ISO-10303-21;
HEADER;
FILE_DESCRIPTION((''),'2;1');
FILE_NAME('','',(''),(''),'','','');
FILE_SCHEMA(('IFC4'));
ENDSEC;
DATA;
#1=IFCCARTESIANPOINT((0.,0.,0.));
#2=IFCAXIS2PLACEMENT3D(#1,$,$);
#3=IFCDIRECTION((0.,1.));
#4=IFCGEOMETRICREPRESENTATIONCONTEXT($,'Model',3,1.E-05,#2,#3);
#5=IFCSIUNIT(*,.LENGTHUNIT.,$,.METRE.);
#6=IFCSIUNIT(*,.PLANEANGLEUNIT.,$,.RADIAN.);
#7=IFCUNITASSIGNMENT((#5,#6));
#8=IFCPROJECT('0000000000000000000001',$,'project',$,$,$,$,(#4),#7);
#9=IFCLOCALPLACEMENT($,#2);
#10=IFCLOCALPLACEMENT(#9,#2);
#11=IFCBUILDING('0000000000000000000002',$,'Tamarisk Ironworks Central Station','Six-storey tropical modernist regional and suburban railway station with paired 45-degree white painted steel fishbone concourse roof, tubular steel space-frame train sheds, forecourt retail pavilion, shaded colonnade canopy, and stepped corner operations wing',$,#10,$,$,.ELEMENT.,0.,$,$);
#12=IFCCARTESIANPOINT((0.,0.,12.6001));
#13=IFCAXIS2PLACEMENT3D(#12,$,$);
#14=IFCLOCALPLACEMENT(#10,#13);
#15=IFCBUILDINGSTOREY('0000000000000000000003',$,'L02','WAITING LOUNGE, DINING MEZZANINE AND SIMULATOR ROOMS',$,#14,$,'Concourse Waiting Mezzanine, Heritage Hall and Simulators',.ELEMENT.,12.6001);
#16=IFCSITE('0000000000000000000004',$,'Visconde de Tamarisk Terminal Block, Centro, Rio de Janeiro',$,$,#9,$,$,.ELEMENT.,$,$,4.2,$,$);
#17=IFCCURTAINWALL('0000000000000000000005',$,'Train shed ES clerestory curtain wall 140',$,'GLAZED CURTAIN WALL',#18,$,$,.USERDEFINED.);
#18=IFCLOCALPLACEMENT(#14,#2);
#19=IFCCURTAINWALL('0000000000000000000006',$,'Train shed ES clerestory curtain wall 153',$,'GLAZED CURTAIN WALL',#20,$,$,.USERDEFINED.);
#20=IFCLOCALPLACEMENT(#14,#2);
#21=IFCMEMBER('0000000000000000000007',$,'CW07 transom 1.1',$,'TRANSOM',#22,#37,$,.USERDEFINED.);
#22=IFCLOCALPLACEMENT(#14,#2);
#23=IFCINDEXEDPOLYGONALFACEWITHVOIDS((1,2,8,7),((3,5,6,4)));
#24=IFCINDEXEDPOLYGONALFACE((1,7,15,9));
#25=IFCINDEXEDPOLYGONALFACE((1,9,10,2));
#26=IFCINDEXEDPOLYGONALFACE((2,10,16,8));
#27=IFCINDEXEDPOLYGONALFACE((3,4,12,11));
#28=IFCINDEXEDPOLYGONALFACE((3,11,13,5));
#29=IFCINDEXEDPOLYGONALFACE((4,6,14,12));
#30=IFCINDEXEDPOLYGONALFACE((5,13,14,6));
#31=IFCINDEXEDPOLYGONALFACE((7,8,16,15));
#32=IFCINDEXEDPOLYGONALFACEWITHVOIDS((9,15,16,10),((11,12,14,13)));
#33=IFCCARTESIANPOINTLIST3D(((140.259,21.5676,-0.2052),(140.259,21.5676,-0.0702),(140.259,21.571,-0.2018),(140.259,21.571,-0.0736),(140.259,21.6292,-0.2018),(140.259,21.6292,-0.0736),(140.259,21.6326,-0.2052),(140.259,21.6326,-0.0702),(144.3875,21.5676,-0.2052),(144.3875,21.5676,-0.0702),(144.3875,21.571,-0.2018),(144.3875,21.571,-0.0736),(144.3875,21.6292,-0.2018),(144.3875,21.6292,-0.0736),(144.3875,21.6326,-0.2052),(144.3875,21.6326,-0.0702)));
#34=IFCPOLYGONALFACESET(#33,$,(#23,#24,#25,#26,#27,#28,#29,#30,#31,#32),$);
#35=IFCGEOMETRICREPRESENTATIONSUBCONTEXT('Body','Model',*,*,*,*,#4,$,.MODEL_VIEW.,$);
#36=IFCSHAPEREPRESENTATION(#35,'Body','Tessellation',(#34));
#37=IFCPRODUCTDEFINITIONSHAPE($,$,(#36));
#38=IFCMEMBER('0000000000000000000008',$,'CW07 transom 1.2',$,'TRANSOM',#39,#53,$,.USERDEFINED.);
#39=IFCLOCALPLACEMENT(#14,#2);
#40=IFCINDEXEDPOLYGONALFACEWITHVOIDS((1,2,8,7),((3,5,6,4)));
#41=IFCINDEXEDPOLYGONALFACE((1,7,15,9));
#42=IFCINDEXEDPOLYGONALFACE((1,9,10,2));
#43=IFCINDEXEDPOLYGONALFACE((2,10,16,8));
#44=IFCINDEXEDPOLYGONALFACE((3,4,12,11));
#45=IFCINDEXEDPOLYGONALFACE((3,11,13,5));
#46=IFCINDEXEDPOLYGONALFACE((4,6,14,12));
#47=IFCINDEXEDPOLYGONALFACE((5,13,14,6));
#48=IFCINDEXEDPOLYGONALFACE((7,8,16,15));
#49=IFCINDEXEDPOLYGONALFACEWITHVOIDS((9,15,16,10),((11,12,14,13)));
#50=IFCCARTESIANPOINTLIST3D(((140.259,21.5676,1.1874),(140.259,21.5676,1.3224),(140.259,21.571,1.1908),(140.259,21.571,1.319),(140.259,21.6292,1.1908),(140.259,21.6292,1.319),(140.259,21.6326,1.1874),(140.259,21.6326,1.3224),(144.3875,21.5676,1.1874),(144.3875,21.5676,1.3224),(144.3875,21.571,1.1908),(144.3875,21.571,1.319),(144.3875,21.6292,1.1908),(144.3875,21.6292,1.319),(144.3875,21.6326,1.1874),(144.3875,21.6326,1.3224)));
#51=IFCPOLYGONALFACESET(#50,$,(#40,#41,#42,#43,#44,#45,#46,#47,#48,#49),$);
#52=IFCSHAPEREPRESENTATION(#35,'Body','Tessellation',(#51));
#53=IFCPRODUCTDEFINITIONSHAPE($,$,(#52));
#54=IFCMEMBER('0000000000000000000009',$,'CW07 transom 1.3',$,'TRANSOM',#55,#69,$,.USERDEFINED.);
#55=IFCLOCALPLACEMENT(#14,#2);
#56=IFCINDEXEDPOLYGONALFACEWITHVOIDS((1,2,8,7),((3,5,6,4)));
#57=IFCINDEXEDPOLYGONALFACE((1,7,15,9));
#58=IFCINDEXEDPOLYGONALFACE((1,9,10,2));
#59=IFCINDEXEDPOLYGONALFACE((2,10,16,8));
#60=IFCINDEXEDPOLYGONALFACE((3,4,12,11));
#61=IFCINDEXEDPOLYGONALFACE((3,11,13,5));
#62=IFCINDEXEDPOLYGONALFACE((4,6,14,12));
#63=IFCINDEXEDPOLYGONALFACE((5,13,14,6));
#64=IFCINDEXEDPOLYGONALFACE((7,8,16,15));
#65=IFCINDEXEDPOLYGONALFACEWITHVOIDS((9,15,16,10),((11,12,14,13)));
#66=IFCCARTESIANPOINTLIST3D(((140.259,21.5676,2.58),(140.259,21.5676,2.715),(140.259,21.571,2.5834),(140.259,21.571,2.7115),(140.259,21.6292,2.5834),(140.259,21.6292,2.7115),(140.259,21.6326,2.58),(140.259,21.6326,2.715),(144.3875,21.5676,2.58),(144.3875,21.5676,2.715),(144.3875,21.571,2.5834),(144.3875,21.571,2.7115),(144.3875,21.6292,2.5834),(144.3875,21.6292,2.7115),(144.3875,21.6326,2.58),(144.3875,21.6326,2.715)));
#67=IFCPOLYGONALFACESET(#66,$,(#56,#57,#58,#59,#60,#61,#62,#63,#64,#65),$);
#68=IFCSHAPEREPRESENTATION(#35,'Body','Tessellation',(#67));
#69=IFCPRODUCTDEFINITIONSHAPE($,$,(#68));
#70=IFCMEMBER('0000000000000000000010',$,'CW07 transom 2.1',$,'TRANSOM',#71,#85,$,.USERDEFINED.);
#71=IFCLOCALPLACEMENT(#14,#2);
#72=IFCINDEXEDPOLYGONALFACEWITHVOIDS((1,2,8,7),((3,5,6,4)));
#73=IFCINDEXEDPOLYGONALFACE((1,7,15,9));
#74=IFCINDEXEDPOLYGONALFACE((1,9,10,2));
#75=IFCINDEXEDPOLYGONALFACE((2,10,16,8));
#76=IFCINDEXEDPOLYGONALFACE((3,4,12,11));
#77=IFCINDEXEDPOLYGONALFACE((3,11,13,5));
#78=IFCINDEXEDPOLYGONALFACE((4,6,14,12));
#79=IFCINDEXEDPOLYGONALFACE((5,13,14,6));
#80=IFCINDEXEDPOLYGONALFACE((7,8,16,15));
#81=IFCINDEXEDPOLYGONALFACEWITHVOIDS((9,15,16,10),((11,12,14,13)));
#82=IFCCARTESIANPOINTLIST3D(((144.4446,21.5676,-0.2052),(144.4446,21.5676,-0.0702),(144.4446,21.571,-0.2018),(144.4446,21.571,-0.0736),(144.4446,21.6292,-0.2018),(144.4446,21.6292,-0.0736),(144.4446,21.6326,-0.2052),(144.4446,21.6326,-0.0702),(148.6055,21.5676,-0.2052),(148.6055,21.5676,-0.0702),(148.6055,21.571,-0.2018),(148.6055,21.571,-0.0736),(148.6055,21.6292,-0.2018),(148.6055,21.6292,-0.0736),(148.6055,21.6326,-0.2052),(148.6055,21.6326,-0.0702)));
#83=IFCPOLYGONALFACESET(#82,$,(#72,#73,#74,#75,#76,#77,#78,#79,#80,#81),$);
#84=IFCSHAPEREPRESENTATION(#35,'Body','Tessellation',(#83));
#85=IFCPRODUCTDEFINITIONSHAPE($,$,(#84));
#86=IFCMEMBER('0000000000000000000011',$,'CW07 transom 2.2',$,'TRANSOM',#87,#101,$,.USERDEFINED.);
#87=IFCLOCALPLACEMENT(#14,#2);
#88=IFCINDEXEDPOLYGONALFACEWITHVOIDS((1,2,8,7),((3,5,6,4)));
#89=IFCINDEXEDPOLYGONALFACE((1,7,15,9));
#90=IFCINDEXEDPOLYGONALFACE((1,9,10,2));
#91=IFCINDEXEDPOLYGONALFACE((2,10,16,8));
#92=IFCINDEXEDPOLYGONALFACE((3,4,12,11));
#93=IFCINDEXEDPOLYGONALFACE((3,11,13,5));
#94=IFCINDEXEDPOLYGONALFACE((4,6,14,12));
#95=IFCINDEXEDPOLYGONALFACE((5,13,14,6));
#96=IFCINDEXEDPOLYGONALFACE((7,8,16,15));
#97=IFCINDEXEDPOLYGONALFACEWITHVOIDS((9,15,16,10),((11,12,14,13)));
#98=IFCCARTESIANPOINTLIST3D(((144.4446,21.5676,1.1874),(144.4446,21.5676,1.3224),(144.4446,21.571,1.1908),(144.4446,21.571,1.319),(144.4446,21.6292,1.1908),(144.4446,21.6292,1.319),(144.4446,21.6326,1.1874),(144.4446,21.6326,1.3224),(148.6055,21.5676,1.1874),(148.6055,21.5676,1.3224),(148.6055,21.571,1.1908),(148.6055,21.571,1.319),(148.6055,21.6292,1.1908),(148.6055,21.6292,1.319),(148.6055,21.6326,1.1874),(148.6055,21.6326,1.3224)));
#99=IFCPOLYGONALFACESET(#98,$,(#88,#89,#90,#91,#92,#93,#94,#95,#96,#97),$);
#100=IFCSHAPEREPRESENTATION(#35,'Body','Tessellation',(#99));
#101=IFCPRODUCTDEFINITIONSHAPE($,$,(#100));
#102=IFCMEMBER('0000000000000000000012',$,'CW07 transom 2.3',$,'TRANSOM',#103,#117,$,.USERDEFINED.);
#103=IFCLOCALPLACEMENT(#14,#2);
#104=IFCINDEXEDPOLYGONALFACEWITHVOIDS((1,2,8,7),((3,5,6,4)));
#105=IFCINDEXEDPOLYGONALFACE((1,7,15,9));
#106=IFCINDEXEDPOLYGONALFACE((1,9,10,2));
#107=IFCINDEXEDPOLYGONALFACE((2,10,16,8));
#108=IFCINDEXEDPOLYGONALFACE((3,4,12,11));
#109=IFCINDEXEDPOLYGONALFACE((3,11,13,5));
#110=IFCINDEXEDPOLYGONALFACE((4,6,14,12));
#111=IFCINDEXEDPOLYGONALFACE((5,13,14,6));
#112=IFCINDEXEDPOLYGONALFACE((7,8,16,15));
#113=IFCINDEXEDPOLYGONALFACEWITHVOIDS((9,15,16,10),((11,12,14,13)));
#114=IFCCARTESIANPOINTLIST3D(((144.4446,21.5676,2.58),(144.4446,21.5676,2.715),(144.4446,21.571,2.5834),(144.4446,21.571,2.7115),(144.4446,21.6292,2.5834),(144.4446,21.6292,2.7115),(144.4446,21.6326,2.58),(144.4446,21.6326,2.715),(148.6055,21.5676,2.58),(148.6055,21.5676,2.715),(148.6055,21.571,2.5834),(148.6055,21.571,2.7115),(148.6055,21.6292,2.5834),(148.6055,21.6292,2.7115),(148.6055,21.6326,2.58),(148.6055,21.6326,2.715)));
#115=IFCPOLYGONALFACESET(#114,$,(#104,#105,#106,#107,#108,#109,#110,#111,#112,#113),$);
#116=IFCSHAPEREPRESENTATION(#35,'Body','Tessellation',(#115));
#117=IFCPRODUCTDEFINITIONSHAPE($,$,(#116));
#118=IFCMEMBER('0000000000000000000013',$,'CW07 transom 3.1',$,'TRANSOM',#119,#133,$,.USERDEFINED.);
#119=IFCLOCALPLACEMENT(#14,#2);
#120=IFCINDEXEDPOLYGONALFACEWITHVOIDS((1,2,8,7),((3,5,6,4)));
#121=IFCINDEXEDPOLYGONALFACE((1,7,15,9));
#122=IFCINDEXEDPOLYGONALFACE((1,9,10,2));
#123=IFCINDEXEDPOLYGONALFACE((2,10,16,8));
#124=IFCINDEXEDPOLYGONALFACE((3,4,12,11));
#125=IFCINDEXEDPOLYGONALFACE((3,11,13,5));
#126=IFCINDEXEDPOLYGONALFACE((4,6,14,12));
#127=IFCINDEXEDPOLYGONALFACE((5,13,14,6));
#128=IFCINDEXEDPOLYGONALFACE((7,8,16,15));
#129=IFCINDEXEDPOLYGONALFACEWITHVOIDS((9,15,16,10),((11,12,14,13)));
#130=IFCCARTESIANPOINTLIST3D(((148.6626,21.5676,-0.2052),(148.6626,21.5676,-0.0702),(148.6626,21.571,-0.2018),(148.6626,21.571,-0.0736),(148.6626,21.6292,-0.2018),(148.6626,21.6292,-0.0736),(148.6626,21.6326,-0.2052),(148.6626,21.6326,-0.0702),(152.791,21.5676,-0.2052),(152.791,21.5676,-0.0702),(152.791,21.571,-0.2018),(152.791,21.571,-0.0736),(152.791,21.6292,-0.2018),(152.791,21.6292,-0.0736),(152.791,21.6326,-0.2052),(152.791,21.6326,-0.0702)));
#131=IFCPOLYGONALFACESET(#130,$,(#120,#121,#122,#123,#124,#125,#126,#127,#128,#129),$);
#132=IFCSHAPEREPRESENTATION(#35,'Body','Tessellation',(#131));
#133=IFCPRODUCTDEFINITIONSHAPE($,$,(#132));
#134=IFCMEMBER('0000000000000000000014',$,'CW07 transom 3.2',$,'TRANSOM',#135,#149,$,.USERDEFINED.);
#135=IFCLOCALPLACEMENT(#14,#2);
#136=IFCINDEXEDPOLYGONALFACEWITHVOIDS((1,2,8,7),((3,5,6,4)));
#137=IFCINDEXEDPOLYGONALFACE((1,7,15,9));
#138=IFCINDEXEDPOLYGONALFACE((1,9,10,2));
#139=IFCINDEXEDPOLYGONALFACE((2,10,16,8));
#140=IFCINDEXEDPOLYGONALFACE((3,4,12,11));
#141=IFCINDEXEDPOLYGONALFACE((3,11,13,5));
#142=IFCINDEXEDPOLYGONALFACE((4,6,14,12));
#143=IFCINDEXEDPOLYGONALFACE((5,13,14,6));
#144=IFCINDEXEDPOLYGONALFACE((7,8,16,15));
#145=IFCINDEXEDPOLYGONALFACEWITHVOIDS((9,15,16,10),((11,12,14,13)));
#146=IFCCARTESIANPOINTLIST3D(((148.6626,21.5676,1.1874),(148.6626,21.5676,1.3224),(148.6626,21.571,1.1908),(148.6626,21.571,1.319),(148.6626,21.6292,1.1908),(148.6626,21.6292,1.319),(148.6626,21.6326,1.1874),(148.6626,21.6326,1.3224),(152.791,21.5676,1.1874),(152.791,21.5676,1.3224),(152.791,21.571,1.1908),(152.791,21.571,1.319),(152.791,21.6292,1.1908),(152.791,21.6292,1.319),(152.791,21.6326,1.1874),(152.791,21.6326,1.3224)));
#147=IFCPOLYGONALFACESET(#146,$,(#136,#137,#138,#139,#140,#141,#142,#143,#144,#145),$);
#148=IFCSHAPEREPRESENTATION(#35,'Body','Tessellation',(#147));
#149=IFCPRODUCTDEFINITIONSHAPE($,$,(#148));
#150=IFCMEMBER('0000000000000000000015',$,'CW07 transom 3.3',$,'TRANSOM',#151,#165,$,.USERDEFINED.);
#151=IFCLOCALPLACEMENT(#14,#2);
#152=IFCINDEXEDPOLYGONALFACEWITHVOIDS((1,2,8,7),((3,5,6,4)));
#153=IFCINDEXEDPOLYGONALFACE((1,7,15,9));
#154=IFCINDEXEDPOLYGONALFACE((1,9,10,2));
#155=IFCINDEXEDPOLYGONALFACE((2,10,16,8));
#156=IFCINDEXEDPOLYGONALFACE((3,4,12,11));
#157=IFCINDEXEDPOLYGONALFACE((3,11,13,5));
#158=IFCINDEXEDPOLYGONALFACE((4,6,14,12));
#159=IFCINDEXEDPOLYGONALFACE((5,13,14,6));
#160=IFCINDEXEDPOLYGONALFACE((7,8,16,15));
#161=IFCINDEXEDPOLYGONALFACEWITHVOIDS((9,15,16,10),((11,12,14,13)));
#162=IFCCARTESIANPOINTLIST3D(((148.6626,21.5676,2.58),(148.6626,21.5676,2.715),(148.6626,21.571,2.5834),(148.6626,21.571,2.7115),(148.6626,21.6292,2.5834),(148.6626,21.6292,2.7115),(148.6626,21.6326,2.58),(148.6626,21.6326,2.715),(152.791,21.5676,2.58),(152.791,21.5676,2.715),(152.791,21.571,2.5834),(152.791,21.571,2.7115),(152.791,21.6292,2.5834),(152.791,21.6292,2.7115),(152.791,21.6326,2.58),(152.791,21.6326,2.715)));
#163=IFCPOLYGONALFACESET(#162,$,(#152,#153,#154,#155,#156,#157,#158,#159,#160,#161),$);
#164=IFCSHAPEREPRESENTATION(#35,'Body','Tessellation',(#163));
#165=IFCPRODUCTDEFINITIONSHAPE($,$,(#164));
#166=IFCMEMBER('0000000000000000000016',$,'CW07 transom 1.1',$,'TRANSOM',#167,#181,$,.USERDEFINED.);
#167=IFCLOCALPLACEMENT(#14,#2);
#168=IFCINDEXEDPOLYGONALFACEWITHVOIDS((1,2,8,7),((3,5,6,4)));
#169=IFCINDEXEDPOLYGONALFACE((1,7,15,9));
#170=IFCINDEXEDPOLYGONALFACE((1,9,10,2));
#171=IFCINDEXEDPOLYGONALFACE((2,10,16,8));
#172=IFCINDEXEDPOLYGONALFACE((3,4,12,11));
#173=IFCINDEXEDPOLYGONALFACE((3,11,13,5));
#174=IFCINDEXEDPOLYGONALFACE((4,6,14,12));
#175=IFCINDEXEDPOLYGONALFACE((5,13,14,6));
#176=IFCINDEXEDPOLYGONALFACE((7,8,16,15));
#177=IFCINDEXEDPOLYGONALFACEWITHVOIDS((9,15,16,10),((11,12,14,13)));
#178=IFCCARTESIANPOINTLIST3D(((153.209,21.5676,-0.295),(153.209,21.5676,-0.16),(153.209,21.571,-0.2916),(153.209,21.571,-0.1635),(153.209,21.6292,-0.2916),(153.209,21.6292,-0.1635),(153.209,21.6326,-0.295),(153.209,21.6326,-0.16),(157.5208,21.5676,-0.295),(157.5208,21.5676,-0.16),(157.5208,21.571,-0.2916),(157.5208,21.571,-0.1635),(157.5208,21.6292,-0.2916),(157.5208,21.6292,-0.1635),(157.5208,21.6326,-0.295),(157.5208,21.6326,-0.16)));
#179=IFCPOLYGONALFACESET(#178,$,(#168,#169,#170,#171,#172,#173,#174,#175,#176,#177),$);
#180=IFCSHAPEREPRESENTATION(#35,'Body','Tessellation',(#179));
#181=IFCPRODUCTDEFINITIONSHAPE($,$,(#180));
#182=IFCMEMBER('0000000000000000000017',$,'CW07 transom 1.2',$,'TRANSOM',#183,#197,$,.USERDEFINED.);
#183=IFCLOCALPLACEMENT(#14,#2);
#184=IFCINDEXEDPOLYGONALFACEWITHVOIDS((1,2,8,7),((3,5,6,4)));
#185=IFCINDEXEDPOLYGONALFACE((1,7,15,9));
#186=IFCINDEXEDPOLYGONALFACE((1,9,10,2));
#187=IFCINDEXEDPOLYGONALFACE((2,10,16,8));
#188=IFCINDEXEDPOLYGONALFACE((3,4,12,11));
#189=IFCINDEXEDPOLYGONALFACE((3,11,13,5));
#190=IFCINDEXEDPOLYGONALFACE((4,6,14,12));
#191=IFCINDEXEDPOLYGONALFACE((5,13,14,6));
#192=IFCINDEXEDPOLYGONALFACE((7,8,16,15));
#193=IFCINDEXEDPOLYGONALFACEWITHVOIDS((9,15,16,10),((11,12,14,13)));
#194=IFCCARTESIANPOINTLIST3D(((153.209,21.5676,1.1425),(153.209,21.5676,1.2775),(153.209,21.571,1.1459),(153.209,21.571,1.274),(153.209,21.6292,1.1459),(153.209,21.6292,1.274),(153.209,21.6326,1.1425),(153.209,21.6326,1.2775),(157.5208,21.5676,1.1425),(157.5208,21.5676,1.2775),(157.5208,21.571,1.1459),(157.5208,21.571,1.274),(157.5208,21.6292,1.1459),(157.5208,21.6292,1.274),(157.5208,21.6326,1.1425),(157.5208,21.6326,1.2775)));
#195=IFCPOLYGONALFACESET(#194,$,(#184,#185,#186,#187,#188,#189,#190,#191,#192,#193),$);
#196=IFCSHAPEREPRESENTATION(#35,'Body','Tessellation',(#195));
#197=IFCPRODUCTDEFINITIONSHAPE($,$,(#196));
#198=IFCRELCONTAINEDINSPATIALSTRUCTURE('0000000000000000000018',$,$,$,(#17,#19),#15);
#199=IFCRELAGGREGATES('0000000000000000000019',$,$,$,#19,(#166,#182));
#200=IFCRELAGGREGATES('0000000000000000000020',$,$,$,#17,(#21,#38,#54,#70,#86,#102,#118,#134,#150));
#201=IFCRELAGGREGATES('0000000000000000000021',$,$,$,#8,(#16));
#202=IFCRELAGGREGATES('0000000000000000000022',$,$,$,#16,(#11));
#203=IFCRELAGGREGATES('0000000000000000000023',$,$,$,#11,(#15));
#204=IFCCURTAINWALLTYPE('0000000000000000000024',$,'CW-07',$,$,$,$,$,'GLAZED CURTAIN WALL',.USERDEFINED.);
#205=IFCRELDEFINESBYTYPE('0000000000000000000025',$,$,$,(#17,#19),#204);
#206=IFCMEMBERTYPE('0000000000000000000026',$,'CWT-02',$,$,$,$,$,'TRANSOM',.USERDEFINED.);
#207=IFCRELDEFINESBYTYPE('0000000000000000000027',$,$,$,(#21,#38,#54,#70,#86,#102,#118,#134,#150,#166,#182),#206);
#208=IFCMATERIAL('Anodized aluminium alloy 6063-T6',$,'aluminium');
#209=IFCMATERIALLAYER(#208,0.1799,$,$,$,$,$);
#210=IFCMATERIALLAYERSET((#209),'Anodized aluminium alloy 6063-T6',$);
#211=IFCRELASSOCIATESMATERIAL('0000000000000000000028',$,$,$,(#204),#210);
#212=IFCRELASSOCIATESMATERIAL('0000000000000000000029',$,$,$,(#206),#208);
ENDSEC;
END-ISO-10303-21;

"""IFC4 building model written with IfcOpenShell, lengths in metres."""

from ifc_helpers import new_model, si_unit, direction, frame, origin, origin_2d, place, context, subcontext, project, spatial, hollow_rectangle, extrude, material, layer, layer_set, material_profile, profile_set, type_object, element, aggregate, save


model = new_model("IFC4")

# Units and contexts
model_context = context("Model", 3, precision=1e-05, world=origin(), true_north=direction((0.0, 1.0)))
body_context = subcontext(model_context, "Body", "Model", "MODEL_VIEW")
ifc_project = project(units=[si_unit("LENGTHUNIT", "METRE"), si_unit("PLANEANGLEUNIT", "RADIAN")], contexts=[model_context])

# Site, building, storey
site_placement = place(None, origin())
site = spatial("IfcSite", under=ifc_project, at=site_placement, Name="Visconde de Tamarisk Terminal Block, Centro, Rio de Janeiro", CompositionType="ELEMENT", RefElevation=4.2)
building_placement = place(site_placement, origin())
building = spatial("IfcBuilding", under=site, at=building_placement, Name="Tamarisk Ironworks Central Station", Description="Six-storey tropical modernist regional and suburban railway station with paired 45-degree white painted steel fishbone concourse roof, tubular steel space-frame train sheds, forecourt retail pavilion, shaded colonnade canopy, and stepped corner operations wing", CompositionType="ELEMENT", ElevationOfRefHeight=0.0)
storey_placement = place(building_placement, frame((0.0, 0.0, 12.6001)))
storey = spatial("IfcBuildingStorey", under=building, at=storey_placement, Name="L02", Description="WAITING LOUNGE, DINING MEZZANINE AND SIMULATOR ROOMS", LongName="Concourse Waiting Mezzanine, Heritage Hall and Simulators", CompositionType="ELEMENT", Elevation=12.6001)

# Shared definitions
ifc_material_1 = material(Name="Anodized aluminium alloy 6063-T6", Category="aluminium")
ifc_layer_1 = layer(ifc_material_1, 0.1799)
ifc_layer_set_1 = layer_set([ifc_layer_1], Name="Anodized aluminium alloy 6063-T6")
curtain_wall_type = type_object("IfcCurtainWallType", Name="CW-07", ElementType="GLAZED CURTAIN WALL", PredefinedType="USERDEFINED", material=ifc_layer_set_1)

# Curtain wall
curtain_wall_1_placement = place(storey_placement, origin())
curtain_wall_1 = element("IfcCurtainWall", 1, at=curtain_wall_1_placement, inside=storey, type_object=curtain_wall_type, Name="Train shed ES clerestory curtain wall 140", ObjectType="GLAZED CURTAIN WALL", PredefinedType="USERDEFINED")

# Curtain wall
curtain_wall_2_placement = place(storey_placement, origin())
curtain_wall_2 = element("IfcCurtainWall", 2, at=curtain_wall_2_placement, inside=storey, type_object=curtain_wall_type, Name="Train shed ES clerestory curtain wall 153", ObjectType="GLAZED CURTAIN WALL", PredefinedType="USERDEFINED")

# Members
ifc_material_profile_1 = material_profile(ifc_material_1, hollow_rectangle(XDim=0.0649, YDim=0.135, WallThickness=0.0034, at=origin_2d()), Name="ALUM 135x65")
ifc_profile_set_1 = profile_set([ifc_material_profile_1], Name="Anodized aluminium alloy 6063-T6")
member_type_1 = type_object("IfcMemberType", Name="CWT-02", ElementType="TRANSOM", PredefinedType="USERDEFINED", material=ifc_profile_set_1)
member_1_placement = place(storey_placement, frame((140.259, 21.6001, -0.1377), z_axis=(1.0, 0.0, 0.0), x_axis=(0.0, 1.0, 0.0)))
member_1 = element("IfcMember", 3, at=member_1_placement, type_object=member_type_1, Name="CW07 transom 1.1", ObjectType="TRANSOM", PredefinedType="USERDEFINED", context=body_context, shape_type="SweptSolid", body=[
    extrude(hollow_rectangle(XDim=0.0649, YDim=0.135, WallThickness=0.0034, at=origin_2d()), origin(), (0.0, 0.0, 1.0), 4.1284),
])
member_2_placement = place(storey_placement, frame((140.259, 21.6001, 1.2549), z_axis=(1.0, 0.0, 0.0), x_axis=(0.0, 1.0, 0.0)))
member_2 = element("IfcMember", 4, at=member_2_placement, type_object=member_type_1, Name="CW07 transom 1.2", ObjectType="TRANSOM", PredefinedType="USERDEFINED", context=body_context, shape_type="SweptSolid", body=[
    extrude(hollow_rectangle(XDim=0.0649, YDim=0.135, WallThickness=0.0034, at=origin_2d()), origin(), (0.0, 0.0, 1.0), 4.1284),
])
member_3_placement = place(storey_placement, frame((140.259, 21.6001, 2.6475), z_axis=(1.0, 0.0, 0.0), x_axis=(0.0, 1.0, 0.0)))
member_3 = element("IfcMember", 5, at=member_3_placement, type_object=member_type_1, Name="CW07 transom 1.3", ObjectType="TRANSOM", PredefinedType="USERDEFINED", context=body_context, shape_type="SweptSolid", body=[
    extrude(hollow_rectangle(XDim=0.0649, YDim=0.135, WallThickness=0.0034, at=origin_2d()), origin(), (0.0, 0.0, 1.0), 4.1284),
])
member_4_placement = place(storey_placement, frame((144.4446, 21.6001, -0.1377), z_axis=(1.0, 0.0, 0.0), x_axis=(0.0, 1.0, 0.0)))
member_4 = element("IfcMember", 6, at=member_4_placement, type_object=member_type_1, Name="CW07 transom 2.1", ObjectType="TRANSOM", PredefinedType="USERDEFINED", context=body_context, shape_type="SweptSolid", body=[
    extrude(hollow_rectangle(XDim=0.0649, YDim=0.135, WallThickness=0.0034, at=origin_2d()), origin(), (0.0, 0.0, 1.0), 4.1609),
])
member_5_placement = place(storey_placement, frame((144.4446, 21.6001, 1.2549), z_axis=(1.0, 0.0, 0.0), x_axis=(0.0, 1.0, 0.0)))
member_5 = element("IfcMember", 7, at=member_5_placement, type_object=member_type_1, Name="CW07 transom 2.2", ObjectType="TRANSOM", PredefinedType="USERDEFINED", context=body_context, shape_type="SweptSolid", body=[
    extrude(hollow_rectangle(XDim=0.0649, YDim=0.135, WallThickness=0.0034, at=origin_2d()), origin(), (0.0, 0.0, 1.0), 4.1609),
])
member_6_placement = place(storey_placement, frame((144.4446, 21.6001, 2.6475), z_axis=(1.0, 0.0, 0.0), x_axis=(0.0, 1.0, 0.0)))
member_6 = element("IfcMember", 8, at=member_6_placement, type_object=member_type_1, Name="CW07 transom 2.3", ObjectType="TRANSOM", PredefinedType="USERDEFINED", context=body_context, shape_type="SweptSolid", body=[
    extrude(hollow_rectangle(XDim=0.0649, YDim=0.135, WallThickness=0.0034, at=origin_2d()), origin(), (0.0, 0.0, 1.0), 4.1609),
])
member_7_placement = place(storey_placement, frame((148.6626, 21.6001, -0.1377), z_axis=(1.0, 0.0, 0.0), x_axis=(0.0, 1.0, 0.0)))
member_7 = element("IfcMember", 9, at=member_7_placement, type_object=member_type_1, Name="CW07 transom 3.1", ObjectType="TRANSOM", PredefinedType="USERDEFINED", context=body_context, shape_type="SweptSolid", body=[
    extrude(hollow_rectangle(XDim=0.0649, YDim=0.135, WallThickness=0.0034, at=origin_2d()), origin(), (0.0, 0.0, 1.0), 4.1284),
])
member_8_placement = place(storey_placement, frame((148.6626, 21.6001, 1.2549), z_axis=(1.0, 0.0, 0.0), x_axis=(0.0, 1.0, 0.0)))
member_8 = element("IfcMember", 10, at=member_8_placement, type_object=member_type_1, Name="CW07 transom 3.2", ObjectType="TRANSOM", PredefinedType="USERDEFINED", context=body_context, shape_type="SweptSolid", body=[
    extrude(hollow_rectangle(XDim=0.0649, YDim=0.135, WallThickness=0.0034, at=origin_2d()), origin(), (0.0, 0.0, 1.0), 4.1284),
])
member_9_placement = place(storey_placement, frame((148.6626, 21.6001, 2.6475), z_axis=(1.0, 0.0, 0.0), x_axis=(0.0, 1.0, 0.0)))
member_9 = element("IfcMember", 11, at=member_9_placement, type_object=member_type_1, Name="CW07 transom 3.3", ObjectType="TRANSOM", PredefinedType="USERDEFINED", context=body_context, shape_type="SweptSolid", body=[
    extrude(hollow_rectangle(XDim=0.0649, YDim=0.135, WallThickness=0.0034, at=origin_2d()), origin(), (0.0, 0.0, 1.0), 4.1284),
])
member_10_placement = place(storey_placement, frame((153.209, 21.6001, -0.2275), z_axis=(1.0, 0.0, 0.0), x_axis=(0.0, 1.0, 0.0)))
member_10 = element("IfcMember", 12, at=member_10_placement, type_object=member_type_1, Name="CW07 transom 1.1", ObjectType="TRANSOM", PredefinedType="USERDEFINED", context=body_context, shape_type="SweptSolid", body=[
    extrude(hollow_rectangle(XDim=0.0649, YDim=0.135, WallThickness=0.0034, at=origin_2d()), origin(), (0.0, 0.0, 1.0), 4.3118),
])
member_11_placement = place(storey_placement, frame((153.209, 21.6001, 1.21), z_axis=(1.0, 0.0, 0.0), x_axis=(0.0, 1.0, 0.0)))
member_11 = element("IfcMember", 13, at=member_11_placement, type_object=member_type_1, Name="CW07 transom 1.2", ObjectType="TRANSOM", PredefinedType="USERDEFINED", context=body_context, shape_type="SweptSolid", body=[
    extrude(hollow_rectangle(XDim=0.0649, YDim=0.135, WallThickness=0.0034, at=origin_2d()), origin(), (0.0, 0.0, 1.0), 4.3118),
])
aggregate(curtain_wall_2, [member_10, member_11])

aggregate(curtain_wall_1, [member_1, member_2, member_3, member_4, member_5, member_6, member_7, member_8, member_9])

save(model, "model.ifc")
